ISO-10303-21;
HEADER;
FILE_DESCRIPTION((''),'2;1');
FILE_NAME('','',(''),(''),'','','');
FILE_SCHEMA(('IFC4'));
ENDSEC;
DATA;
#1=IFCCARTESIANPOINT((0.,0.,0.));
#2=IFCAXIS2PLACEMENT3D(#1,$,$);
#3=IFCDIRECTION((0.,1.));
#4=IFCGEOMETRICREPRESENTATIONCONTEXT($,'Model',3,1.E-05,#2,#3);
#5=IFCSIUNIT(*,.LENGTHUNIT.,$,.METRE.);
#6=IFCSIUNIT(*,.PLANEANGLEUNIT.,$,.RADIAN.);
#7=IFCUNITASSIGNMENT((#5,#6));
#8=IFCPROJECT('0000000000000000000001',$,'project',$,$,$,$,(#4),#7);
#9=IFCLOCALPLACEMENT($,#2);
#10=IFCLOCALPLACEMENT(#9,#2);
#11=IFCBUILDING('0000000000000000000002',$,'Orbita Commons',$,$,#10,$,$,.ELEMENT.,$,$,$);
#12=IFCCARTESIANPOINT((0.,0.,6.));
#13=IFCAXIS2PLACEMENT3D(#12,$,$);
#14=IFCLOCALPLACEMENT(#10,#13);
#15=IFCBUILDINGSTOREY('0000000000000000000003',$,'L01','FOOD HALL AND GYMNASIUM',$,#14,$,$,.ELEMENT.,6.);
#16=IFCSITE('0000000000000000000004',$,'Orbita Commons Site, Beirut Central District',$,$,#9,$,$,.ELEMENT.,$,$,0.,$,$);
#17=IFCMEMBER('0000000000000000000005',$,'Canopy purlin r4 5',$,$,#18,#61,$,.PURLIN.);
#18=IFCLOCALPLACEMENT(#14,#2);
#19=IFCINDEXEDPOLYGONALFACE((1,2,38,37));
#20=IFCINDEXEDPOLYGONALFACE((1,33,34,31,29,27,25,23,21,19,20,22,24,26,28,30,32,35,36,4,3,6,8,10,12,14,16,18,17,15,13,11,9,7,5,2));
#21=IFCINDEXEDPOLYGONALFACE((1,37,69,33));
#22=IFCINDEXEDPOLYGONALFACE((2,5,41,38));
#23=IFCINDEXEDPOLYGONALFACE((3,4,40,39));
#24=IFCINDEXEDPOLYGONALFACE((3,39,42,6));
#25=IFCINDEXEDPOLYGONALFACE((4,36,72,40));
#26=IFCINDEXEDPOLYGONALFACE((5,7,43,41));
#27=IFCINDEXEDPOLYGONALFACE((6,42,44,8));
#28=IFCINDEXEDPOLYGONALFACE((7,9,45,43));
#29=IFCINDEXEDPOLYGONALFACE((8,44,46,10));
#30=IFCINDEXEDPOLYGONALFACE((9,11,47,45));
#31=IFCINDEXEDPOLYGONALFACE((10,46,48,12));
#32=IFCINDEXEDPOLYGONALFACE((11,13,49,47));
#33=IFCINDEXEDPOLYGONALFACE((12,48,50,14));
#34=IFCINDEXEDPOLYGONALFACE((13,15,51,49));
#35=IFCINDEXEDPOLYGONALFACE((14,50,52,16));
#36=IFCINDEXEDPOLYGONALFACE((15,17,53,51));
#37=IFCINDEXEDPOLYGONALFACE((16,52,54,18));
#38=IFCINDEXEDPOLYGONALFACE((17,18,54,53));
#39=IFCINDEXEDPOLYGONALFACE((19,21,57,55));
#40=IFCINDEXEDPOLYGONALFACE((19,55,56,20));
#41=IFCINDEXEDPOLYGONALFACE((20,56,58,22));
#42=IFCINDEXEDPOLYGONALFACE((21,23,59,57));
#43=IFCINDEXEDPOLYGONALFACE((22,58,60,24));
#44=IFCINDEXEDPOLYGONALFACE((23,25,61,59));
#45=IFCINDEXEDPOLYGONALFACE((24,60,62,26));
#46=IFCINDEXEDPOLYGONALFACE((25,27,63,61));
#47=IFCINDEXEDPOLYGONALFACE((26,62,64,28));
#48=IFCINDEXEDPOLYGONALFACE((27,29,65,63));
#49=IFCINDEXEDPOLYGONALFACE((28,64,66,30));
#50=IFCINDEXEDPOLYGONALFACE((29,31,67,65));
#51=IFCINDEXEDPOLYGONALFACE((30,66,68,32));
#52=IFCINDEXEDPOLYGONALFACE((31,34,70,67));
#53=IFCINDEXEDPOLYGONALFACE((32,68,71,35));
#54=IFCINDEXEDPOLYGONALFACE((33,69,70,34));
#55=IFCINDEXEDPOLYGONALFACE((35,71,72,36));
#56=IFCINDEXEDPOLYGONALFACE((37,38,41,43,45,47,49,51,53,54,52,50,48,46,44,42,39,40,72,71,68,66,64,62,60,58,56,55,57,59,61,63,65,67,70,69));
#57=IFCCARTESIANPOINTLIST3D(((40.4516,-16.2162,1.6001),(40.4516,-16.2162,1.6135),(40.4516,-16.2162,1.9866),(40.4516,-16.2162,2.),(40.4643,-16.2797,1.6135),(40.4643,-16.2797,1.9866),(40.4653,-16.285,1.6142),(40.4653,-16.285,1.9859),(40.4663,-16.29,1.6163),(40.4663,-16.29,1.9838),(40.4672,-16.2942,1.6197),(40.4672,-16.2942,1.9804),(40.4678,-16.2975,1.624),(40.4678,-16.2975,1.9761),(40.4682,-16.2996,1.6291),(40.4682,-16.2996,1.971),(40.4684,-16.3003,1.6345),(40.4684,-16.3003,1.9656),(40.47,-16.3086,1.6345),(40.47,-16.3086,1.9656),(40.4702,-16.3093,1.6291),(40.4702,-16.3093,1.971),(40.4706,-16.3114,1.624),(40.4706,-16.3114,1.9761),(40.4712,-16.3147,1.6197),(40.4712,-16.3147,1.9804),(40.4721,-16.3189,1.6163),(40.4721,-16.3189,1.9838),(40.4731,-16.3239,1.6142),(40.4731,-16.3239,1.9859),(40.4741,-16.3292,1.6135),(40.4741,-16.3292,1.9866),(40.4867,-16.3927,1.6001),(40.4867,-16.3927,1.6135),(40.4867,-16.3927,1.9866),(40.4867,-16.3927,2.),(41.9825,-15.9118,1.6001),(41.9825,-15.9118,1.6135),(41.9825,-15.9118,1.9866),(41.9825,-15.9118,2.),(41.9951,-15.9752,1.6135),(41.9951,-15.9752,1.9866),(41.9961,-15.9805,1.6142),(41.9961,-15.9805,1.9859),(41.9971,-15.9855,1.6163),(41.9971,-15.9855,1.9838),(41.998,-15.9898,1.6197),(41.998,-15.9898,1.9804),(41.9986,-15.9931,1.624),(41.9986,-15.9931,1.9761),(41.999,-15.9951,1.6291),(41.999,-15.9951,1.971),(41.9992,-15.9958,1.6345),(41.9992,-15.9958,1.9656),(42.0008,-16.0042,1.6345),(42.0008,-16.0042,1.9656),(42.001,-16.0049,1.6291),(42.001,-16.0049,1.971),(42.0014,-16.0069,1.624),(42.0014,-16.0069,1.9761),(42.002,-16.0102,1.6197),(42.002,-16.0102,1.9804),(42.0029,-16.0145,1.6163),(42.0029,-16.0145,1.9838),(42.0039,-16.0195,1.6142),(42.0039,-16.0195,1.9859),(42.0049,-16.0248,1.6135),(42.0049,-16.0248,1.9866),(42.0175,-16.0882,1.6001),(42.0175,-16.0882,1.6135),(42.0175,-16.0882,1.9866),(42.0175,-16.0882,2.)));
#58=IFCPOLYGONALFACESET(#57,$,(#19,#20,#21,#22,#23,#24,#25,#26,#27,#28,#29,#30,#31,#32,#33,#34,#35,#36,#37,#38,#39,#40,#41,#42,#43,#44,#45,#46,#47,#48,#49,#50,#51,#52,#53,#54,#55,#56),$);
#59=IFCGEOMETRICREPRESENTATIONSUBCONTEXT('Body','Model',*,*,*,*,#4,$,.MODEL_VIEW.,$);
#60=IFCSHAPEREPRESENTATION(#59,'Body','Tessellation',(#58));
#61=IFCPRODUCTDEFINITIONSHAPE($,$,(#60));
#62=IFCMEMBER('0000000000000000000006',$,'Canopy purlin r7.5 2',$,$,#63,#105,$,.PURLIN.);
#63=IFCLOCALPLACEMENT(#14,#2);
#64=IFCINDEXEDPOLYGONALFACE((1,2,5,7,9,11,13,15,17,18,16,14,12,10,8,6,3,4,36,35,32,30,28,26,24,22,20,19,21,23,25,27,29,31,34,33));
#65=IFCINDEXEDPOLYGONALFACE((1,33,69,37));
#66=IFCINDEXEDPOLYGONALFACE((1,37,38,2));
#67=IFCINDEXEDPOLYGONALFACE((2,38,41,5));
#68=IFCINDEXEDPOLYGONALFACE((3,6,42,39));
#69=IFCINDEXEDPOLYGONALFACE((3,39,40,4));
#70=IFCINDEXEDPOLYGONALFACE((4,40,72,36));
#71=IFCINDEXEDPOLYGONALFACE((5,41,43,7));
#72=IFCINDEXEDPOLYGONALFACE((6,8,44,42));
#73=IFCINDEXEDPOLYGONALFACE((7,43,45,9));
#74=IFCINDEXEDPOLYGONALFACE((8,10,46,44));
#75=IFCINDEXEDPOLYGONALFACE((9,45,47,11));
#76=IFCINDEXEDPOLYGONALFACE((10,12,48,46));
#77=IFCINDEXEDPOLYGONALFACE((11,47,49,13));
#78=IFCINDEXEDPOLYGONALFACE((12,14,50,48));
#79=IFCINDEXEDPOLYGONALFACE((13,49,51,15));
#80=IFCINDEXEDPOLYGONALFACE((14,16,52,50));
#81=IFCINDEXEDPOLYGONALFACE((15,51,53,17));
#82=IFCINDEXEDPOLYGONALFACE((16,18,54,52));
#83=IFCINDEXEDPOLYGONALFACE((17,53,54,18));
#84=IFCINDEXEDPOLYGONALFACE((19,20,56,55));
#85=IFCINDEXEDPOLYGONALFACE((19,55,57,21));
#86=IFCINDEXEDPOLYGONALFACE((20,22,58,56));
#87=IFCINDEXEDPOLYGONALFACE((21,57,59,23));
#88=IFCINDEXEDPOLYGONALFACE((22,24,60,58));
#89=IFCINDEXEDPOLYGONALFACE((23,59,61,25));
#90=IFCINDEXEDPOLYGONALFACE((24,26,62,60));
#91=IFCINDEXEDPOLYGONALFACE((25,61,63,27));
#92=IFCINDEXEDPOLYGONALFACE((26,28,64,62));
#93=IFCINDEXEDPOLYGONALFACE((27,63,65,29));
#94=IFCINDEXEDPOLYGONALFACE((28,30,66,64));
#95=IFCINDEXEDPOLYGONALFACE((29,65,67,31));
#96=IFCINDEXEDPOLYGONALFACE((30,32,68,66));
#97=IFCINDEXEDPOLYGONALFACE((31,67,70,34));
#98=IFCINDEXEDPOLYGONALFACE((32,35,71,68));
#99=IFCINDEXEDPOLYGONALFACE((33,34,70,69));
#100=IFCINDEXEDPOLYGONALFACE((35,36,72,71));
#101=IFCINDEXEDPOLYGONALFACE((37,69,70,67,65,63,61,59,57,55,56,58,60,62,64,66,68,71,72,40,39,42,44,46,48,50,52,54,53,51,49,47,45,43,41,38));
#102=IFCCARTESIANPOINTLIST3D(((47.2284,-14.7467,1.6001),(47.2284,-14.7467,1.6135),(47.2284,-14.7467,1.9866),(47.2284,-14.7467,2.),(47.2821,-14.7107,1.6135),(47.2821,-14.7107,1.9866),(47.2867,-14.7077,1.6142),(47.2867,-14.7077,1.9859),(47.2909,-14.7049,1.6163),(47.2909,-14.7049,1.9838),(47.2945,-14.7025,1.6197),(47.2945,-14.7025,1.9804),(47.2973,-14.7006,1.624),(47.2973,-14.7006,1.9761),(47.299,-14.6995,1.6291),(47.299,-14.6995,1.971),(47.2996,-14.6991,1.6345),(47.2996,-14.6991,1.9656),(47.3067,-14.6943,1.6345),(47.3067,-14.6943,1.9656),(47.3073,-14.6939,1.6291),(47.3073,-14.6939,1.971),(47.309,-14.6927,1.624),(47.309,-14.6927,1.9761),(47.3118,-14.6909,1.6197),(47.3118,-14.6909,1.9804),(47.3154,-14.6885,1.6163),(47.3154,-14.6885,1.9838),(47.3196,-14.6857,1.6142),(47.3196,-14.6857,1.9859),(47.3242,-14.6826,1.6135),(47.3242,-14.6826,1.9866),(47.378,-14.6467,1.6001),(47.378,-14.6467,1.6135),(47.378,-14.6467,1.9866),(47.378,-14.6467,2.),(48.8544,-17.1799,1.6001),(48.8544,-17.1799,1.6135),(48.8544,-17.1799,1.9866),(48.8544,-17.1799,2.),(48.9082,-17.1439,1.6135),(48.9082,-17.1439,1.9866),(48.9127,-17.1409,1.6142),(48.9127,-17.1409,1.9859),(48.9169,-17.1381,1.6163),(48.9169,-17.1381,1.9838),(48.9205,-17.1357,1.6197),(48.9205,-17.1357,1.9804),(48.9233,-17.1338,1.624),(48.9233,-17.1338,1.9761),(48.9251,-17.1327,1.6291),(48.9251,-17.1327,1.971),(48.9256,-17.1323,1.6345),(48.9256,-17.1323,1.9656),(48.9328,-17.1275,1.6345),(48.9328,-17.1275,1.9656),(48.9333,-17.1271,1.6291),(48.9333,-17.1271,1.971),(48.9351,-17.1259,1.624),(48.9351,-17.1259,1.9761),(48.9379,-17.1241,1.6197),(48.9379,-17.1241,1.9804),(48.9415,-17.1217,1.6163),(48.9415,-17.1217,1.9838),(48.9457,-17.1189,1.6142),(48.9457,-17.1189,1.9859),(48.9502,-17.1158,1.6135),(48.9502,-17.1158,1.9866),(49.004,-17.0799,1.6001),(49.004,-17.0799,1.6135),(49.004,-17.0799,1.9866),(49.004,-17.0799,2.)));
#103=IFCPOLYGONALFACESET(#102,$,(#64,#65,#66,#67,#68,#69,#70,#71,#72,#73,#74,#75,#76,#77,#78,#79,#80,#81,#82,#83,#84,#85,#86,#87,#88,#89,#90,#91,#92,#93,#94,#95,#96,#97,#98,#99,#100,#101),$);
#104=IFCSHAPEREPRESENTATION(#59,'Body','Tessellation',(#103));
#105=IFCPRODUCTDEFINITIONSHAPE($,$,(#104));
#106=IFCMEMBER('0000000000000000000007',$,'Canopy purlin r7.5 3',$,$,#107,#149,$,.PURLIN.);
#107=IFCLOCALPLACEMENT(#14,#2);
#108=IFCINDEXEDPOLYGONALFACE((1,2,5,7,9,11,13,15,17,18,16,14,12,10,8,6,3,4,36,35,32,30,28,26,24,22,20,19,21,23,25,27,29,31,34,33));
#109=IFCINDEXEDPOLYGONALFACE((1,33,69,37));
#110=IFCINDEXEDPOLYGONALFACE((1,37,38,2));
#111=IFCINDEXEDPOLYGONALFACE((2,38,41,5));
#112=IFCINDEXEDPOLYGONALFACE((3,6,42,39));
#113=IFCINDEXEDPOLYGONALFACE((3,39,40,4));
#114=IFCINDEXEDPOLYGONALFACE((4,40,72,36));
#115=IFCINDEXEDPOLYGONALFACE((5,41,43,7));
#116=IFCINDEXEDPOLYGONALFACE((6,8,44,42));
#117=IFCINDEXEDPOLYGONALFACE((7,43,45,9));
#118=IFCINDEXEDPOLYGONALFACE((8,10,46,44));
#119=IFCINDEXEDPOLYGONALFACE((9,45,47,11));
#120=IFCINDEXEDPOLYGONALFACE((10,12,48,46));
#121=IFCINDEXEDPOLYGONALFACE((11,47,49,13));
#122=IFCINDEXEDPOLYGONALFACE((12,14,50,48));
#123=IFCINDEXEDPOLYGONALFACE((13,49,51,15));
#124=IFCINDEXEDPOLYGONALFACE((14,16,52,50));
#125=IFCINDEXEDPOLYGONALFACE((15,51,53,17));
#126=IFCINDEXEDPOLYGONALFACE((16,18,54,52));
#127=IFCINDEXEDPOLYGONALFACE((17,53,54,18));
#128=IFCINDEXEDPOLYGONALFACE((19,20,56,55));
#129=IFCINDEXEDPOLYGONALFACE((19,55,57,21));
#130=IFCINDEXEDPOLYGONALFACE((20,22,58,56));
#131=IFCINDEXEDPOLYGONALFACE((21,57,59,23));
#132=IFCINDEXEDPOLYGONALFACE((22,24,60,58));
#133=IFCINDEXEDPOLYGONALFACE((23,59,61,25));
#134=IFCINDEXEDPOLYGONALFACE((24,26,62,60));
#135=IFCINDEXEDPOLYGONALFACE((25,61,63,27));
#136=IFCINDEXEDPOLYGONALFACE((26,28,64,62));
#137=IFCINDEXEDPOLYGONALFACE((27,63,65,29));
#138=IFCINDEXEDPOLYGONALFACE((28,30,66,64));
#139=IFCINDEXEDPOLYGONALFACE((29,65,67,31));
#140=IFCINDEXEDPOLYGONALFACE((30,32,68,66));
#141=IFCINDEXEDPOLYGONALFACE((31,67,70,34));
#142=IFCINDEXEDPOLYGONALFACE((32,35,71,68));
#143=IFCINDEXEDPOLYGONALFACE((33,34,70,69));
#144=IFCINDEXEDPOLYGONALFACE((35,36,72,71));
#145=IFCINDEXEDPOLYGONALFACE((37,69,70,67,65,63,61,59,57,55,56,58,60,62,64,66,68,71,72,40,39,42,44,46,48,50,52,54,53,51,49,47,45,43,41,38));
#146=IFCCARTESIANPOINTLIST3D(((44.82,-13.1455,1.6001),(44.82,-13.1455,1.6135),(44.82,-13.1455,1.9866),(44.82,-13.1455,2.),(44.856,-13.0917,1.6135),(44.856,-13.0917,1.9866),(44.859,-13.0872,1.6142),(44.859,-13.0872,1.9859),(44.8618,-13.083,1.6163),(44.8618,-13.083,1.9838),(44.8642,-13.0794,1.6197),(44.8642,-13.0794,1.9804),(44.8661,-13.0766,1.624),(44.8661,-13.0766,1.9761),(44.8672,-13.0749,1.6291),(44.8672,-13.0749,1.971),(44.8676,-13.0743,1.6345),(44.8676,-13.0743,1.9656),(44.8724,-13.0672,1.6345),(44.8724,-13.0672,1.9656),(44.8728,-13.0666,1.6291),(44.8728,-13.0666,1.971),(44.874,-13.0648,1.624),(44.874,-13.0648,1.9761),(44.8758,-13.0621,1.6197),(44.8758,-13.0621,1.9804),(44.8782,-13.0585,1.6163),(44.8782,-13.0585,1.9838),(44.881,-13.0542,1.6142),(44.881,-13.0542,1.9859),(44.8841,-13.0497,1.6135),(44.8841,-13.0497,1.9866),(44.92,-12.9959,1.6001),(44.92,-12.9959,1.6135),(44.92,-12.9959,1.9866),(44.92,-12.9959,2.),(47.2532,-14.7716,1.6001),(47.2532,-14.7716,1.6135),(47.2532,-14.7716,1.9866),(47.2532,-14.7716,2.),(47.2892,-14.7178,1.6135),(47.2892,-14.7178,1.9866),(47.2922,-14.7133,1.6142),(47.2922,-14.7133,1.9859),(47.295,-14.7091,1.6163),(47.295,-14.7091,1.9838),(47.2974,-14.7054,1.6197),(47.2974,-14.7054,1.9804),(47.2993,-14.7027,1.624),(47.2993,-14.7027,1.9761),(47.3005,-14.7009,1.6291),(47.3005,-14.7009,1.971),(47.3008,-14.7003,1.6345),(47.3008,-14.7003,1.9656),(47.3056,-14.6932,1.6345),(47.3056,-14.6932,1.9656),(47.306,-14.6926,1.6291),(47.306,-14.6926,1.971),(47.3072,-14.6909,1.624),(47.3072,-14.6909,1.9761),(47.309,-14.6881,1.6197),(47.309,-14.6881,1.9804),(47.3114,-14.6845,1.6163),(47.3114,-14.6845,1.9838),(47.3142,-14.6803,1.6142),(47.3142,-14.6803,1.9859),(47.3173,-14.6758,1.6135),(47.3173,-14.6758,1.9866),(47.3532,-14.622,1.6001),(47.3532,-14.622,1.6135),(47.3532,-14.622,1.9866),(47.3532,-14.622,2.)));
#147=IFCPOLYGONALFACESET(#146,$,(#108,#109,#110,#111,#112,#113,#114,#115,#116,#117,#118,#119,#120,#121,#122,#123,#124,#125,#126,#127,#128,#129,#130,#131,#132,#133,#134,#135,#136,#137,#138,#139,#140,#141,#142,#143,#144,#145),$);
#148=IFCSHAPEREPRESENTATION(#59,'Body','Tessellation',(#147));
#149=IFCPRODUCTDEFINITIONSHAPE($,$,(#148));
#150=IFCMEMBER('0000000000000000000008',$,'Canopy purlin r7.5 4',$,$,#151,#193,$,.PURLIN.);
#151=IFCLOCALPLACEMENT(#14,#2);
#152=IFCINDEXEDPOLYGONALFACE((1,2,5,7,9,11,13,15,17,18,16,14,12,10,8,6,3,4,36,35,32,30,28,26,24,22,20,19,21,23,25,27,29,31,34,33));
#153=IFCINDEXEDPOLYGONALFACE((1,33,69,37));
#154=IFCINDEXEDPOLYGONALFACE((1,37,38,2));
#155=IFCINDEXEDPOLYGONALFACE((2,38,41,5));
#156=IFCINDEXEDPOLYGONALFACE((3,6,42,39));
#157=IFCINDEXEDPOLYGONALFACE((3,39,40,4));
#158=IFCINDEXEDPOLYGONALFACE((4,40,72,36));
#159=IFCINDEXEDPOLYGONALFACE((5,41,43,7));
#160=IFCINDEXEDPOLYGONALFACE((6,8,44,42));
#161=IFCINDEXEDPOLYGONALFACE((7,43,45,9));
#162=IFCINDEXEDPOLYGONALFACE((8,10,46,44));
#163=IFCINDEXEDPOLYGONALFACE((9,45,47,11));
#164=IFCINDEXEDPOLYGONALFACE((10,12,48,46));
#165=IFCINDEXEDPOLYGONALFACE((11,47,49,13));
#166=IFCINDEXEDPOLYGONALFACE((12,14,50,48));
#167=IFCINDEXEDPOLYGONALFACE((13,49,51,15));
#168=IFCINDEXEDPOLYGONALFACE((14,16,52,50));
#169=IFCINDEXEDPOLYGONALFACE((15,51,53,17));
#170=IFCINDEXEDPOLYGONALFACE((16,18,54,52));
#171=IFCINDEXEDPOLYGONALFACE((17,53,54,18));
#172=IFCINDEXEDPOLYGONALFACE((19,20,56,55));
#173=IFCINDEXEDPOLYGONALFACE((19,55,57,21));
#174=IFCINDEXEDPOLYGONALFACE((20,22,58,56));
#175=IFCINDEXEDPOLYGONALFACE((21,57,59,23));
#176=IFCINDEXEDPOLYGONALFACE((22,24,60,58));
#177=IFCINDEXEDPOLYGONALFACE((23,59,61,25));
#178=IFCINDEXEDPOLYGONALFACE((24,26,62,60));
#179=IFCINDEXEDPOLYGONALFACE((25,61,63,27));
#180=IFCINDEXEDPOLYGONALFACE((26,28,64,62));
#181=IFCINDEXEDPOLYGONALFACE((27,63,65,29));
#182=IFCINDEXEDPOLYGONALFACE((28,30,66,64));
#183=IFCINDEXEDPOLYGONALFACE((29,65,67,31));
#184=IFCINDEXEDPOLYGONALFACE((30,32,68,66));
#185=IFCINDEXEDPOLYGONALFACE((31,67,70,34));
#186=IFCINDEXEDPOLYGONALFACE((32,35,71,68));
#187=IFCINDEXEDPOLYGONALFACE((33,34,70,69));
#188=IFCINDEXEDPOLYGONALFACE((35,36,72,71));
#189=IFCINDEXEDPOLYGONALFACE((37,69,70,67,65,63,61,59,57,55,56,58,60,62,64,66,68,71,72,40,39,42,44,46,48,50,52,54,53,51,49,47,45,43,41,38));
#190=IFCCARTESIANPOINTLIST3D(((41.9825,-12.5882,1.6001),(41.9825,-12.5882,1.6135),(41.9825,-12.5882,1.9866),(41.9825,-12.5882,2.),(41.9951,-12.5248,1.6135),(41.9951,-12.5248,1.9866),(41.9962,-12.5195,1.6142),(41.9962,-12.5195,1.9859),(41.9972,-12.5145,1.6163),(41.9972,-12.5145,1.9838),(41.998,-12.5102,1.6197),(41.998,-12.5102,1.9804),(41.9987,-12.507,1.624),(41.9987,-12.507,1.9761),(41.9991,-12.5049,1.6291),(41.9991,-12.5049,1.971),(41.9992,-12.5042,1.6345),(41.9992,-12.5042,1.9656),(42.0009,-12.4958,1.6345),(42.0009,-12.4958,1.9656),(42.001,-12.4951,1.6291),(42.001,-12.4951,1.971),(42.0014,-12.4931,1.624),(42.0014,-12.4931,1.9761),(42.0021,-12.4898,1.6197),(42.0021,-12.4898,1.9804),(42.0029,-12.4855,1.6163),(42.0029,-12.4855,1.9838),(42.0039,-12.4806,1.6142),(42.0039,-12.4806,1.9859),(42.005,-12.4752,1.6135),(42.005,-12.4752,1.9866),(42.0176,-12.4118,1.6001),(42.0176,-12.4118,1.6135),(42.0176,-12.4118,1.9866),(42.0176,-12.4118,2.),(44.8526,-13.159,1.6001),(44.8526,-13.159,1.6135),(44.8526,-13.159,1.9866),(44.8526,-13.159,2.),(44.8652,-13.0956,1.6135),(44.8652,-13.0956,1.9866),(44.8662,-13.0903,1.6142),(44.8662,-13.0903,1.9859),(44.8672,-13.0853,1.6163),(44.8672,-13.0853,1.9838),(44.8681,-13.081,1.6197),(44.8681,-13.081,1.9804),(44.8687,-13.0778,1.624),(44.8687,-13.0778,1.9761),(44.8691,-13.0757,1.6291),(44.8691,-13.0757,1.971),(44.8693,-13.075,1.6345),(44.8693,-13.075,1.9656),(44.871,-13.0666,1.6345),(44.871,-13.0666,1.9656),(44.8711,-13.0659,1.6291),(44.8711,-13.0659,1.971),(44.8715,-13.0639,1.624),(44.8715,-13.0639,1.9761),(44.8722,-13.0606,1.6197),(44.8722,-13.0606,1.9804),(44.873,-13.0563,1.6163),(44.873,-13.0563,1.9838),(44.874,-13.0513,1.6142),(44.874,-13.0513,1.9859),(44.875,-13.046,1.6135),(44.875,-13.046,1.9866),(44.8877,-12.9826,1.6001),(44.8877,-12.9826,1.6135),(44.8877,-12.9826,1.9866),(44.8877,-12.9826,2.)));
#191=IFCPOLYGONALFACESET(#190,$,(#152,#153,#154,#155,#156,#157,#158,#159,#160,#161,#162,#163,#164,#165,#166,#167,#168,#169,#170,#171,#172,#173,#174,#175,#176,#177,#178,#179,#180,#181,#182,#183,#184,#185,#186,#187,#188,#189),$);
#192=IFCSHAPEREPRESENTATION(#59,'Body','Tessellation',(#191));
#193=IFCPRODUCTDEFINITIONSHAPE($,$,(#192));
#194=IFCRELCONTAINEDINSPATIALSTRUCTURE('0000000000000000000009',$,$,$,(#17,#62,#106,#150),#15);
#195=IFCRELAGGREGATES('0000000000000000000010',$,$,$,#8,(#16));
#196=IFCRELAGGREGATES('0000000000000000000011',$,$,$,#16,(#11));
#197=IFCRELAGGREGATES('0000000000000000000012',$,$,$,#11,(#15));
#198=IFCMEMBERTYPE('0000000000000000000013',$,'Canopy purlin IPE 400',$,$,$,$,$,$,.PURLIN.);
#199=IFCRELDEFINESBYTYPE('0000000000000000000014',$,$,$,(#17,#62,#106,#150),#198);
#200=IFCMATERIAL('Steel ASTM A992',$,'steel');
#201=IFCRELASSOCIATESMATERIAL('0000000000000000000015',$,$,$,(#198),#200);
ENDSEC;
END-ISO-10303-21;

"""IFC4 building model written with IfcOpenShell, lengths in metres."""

from ifc_helpers import new_model, si_unit, direction, frame, origin, origin_2d, place, context, subcontext, project, spatial, i_section, extrude, material, material_profile, profile_set, type_object, element, save


model = new_model("IFC4")

# Units and contexts
model_context = context("Model", 3, precision=1e-05, world=origin(), true_north=direction((0.0, 1.0)))
body_context = subcontext(model_context, "Body", "Model", "MODEL_VIEW")
ifc_project = project(units=[si_unit("LENGTHUNIT", "METRE"), si_unit("PLANEANGLEUNIT", "RADIAN")], contexts=[model_context])

# Site, building, storey
site_placement = place(None, origin())
site = spatial("IfcSite", under=ifc_project, at=site_placement, Name="Orbita Commons Site, Beirut Central District", CompositionType="ELEMENT", RefElevation=0.0)
building_placement = place(site_placement, origin())
building = spatial("IfcBuilding", under=site, at=building_placement, Name="Orbita Commons", CompositionType="ELEMENT")
storey_placement = place(building_placement, frame((0.0, 0.0, 6.0)))
storey = spatial("IfcBuildingStorey", under=building, at=storey_placement, Name="L01", Description="FOOD HALL AND GYMNASIUM", CompositionType="ELEMENT", Elevation=6.0)

# Members
ifc_material_1 = material(Name="Steel ASTM A992", Category="steel")
ifc_material_profile_1 = material_profile(ifc_material_1, i_section(OverallWidth=0.1799, OverallDepth=0.3999, WebThickness=0.0085, FlangeThickness=0.0134, FilletRadius=0.021, at=origin_2d()), Name="IPE 400")
ifc_profile_set_1 = profile_set([ifc_material_profile_1], Name="Steel ASTM A992")
member_type_1 = type_object("IfcMemberType", Name="Canopy purlin IPE 400", PredefinedType="PURLIN", material=ifc_profile_set_1)
for number, where, z_axis, x_axis, name in (
    (1, (42.0, -16.0, 1.8), (-0.980791, -0.195063, 0.0), (0.195063, -0.980791, 0.0), "Canopy purlin r4 5"),
):
    element("IfcMember", number, at=place(storey_placement, frame(where, z_axis=z_axis, x_axis=x_axis)), inside=storey, type_object=member_type_1, Name=name, PredefinedType="PURLIN", context=body_context, shape_type="SweptSolid", body=[
        extrude(i_section(OverallWidth=0.1799, OverallDepth=0.3999, WebThickness=0.0085, FlangeThickness=0.0134, FilletRadius=0.021, at=origin_2d()), origin(), (0.0, 0.0, 1.0), 1.5608),
    ])
for number, where, z_axis, x_axis, name in (
    (2, (48.9292, -17.1299, 1.8), (-0.555624, 0.831434, 0.0), (-0.831434, -0.555624, 0.0), "Canopy purlin r7.5 2"),
    (3, (47.3032, -14.6968, 1.8), (-0.831434, 0.555624, 0.0), (-0.555624, -0.831434, 0.0), "Canopy purlin r7.5 3"),
):
    element("IfcMember", number, at=place(storey_placement, frame(where, z_axis=z_axis, x_axis=x_axis)), inside=storey, type_object=member_type_1, Name=name, PredefinedType="PURLIN", context=body_context, shape_type="SweptSolid", body=[
        extrude(i_section(OverallWidth=0.1799, OverallDepth=0.3999, WebThickness=0.0085, FlangeThickness=0.0134, FilletRadius=0.021, at=origin_2d()), origin(), (0.0, 0.0, 1.0), 2.9265),
    ])
for number, where, z_axis, x_axis, name in (
    (4, (44.8701, -13.0708, 1.8), (-0.980792, 0.195057, 0.0), (-0.195057, -0.980792, 0.0), "Canopy purlin r7.5 4"),
):
    element("IfcMember", number, at=place(storey_placement, frame(where, z_axis=z_axis, x_axis=x_axis)), inside=storey, type_object=member_type_1, Name=name, PredefinedType="PURLIN", context=body_context, shape_type="SweptSolid", body=[
        extrude(i_section(OverallWidth=0.1799, OverallDepth=0.3999, WebThickness=0.0085, FlangeThickness=0.0134, FilletRadius=0.021, at=origin_2d()), origin(), (0.0, 0.0, 1.0), 2.9263),
    ])

save(model, "model.ifc")
